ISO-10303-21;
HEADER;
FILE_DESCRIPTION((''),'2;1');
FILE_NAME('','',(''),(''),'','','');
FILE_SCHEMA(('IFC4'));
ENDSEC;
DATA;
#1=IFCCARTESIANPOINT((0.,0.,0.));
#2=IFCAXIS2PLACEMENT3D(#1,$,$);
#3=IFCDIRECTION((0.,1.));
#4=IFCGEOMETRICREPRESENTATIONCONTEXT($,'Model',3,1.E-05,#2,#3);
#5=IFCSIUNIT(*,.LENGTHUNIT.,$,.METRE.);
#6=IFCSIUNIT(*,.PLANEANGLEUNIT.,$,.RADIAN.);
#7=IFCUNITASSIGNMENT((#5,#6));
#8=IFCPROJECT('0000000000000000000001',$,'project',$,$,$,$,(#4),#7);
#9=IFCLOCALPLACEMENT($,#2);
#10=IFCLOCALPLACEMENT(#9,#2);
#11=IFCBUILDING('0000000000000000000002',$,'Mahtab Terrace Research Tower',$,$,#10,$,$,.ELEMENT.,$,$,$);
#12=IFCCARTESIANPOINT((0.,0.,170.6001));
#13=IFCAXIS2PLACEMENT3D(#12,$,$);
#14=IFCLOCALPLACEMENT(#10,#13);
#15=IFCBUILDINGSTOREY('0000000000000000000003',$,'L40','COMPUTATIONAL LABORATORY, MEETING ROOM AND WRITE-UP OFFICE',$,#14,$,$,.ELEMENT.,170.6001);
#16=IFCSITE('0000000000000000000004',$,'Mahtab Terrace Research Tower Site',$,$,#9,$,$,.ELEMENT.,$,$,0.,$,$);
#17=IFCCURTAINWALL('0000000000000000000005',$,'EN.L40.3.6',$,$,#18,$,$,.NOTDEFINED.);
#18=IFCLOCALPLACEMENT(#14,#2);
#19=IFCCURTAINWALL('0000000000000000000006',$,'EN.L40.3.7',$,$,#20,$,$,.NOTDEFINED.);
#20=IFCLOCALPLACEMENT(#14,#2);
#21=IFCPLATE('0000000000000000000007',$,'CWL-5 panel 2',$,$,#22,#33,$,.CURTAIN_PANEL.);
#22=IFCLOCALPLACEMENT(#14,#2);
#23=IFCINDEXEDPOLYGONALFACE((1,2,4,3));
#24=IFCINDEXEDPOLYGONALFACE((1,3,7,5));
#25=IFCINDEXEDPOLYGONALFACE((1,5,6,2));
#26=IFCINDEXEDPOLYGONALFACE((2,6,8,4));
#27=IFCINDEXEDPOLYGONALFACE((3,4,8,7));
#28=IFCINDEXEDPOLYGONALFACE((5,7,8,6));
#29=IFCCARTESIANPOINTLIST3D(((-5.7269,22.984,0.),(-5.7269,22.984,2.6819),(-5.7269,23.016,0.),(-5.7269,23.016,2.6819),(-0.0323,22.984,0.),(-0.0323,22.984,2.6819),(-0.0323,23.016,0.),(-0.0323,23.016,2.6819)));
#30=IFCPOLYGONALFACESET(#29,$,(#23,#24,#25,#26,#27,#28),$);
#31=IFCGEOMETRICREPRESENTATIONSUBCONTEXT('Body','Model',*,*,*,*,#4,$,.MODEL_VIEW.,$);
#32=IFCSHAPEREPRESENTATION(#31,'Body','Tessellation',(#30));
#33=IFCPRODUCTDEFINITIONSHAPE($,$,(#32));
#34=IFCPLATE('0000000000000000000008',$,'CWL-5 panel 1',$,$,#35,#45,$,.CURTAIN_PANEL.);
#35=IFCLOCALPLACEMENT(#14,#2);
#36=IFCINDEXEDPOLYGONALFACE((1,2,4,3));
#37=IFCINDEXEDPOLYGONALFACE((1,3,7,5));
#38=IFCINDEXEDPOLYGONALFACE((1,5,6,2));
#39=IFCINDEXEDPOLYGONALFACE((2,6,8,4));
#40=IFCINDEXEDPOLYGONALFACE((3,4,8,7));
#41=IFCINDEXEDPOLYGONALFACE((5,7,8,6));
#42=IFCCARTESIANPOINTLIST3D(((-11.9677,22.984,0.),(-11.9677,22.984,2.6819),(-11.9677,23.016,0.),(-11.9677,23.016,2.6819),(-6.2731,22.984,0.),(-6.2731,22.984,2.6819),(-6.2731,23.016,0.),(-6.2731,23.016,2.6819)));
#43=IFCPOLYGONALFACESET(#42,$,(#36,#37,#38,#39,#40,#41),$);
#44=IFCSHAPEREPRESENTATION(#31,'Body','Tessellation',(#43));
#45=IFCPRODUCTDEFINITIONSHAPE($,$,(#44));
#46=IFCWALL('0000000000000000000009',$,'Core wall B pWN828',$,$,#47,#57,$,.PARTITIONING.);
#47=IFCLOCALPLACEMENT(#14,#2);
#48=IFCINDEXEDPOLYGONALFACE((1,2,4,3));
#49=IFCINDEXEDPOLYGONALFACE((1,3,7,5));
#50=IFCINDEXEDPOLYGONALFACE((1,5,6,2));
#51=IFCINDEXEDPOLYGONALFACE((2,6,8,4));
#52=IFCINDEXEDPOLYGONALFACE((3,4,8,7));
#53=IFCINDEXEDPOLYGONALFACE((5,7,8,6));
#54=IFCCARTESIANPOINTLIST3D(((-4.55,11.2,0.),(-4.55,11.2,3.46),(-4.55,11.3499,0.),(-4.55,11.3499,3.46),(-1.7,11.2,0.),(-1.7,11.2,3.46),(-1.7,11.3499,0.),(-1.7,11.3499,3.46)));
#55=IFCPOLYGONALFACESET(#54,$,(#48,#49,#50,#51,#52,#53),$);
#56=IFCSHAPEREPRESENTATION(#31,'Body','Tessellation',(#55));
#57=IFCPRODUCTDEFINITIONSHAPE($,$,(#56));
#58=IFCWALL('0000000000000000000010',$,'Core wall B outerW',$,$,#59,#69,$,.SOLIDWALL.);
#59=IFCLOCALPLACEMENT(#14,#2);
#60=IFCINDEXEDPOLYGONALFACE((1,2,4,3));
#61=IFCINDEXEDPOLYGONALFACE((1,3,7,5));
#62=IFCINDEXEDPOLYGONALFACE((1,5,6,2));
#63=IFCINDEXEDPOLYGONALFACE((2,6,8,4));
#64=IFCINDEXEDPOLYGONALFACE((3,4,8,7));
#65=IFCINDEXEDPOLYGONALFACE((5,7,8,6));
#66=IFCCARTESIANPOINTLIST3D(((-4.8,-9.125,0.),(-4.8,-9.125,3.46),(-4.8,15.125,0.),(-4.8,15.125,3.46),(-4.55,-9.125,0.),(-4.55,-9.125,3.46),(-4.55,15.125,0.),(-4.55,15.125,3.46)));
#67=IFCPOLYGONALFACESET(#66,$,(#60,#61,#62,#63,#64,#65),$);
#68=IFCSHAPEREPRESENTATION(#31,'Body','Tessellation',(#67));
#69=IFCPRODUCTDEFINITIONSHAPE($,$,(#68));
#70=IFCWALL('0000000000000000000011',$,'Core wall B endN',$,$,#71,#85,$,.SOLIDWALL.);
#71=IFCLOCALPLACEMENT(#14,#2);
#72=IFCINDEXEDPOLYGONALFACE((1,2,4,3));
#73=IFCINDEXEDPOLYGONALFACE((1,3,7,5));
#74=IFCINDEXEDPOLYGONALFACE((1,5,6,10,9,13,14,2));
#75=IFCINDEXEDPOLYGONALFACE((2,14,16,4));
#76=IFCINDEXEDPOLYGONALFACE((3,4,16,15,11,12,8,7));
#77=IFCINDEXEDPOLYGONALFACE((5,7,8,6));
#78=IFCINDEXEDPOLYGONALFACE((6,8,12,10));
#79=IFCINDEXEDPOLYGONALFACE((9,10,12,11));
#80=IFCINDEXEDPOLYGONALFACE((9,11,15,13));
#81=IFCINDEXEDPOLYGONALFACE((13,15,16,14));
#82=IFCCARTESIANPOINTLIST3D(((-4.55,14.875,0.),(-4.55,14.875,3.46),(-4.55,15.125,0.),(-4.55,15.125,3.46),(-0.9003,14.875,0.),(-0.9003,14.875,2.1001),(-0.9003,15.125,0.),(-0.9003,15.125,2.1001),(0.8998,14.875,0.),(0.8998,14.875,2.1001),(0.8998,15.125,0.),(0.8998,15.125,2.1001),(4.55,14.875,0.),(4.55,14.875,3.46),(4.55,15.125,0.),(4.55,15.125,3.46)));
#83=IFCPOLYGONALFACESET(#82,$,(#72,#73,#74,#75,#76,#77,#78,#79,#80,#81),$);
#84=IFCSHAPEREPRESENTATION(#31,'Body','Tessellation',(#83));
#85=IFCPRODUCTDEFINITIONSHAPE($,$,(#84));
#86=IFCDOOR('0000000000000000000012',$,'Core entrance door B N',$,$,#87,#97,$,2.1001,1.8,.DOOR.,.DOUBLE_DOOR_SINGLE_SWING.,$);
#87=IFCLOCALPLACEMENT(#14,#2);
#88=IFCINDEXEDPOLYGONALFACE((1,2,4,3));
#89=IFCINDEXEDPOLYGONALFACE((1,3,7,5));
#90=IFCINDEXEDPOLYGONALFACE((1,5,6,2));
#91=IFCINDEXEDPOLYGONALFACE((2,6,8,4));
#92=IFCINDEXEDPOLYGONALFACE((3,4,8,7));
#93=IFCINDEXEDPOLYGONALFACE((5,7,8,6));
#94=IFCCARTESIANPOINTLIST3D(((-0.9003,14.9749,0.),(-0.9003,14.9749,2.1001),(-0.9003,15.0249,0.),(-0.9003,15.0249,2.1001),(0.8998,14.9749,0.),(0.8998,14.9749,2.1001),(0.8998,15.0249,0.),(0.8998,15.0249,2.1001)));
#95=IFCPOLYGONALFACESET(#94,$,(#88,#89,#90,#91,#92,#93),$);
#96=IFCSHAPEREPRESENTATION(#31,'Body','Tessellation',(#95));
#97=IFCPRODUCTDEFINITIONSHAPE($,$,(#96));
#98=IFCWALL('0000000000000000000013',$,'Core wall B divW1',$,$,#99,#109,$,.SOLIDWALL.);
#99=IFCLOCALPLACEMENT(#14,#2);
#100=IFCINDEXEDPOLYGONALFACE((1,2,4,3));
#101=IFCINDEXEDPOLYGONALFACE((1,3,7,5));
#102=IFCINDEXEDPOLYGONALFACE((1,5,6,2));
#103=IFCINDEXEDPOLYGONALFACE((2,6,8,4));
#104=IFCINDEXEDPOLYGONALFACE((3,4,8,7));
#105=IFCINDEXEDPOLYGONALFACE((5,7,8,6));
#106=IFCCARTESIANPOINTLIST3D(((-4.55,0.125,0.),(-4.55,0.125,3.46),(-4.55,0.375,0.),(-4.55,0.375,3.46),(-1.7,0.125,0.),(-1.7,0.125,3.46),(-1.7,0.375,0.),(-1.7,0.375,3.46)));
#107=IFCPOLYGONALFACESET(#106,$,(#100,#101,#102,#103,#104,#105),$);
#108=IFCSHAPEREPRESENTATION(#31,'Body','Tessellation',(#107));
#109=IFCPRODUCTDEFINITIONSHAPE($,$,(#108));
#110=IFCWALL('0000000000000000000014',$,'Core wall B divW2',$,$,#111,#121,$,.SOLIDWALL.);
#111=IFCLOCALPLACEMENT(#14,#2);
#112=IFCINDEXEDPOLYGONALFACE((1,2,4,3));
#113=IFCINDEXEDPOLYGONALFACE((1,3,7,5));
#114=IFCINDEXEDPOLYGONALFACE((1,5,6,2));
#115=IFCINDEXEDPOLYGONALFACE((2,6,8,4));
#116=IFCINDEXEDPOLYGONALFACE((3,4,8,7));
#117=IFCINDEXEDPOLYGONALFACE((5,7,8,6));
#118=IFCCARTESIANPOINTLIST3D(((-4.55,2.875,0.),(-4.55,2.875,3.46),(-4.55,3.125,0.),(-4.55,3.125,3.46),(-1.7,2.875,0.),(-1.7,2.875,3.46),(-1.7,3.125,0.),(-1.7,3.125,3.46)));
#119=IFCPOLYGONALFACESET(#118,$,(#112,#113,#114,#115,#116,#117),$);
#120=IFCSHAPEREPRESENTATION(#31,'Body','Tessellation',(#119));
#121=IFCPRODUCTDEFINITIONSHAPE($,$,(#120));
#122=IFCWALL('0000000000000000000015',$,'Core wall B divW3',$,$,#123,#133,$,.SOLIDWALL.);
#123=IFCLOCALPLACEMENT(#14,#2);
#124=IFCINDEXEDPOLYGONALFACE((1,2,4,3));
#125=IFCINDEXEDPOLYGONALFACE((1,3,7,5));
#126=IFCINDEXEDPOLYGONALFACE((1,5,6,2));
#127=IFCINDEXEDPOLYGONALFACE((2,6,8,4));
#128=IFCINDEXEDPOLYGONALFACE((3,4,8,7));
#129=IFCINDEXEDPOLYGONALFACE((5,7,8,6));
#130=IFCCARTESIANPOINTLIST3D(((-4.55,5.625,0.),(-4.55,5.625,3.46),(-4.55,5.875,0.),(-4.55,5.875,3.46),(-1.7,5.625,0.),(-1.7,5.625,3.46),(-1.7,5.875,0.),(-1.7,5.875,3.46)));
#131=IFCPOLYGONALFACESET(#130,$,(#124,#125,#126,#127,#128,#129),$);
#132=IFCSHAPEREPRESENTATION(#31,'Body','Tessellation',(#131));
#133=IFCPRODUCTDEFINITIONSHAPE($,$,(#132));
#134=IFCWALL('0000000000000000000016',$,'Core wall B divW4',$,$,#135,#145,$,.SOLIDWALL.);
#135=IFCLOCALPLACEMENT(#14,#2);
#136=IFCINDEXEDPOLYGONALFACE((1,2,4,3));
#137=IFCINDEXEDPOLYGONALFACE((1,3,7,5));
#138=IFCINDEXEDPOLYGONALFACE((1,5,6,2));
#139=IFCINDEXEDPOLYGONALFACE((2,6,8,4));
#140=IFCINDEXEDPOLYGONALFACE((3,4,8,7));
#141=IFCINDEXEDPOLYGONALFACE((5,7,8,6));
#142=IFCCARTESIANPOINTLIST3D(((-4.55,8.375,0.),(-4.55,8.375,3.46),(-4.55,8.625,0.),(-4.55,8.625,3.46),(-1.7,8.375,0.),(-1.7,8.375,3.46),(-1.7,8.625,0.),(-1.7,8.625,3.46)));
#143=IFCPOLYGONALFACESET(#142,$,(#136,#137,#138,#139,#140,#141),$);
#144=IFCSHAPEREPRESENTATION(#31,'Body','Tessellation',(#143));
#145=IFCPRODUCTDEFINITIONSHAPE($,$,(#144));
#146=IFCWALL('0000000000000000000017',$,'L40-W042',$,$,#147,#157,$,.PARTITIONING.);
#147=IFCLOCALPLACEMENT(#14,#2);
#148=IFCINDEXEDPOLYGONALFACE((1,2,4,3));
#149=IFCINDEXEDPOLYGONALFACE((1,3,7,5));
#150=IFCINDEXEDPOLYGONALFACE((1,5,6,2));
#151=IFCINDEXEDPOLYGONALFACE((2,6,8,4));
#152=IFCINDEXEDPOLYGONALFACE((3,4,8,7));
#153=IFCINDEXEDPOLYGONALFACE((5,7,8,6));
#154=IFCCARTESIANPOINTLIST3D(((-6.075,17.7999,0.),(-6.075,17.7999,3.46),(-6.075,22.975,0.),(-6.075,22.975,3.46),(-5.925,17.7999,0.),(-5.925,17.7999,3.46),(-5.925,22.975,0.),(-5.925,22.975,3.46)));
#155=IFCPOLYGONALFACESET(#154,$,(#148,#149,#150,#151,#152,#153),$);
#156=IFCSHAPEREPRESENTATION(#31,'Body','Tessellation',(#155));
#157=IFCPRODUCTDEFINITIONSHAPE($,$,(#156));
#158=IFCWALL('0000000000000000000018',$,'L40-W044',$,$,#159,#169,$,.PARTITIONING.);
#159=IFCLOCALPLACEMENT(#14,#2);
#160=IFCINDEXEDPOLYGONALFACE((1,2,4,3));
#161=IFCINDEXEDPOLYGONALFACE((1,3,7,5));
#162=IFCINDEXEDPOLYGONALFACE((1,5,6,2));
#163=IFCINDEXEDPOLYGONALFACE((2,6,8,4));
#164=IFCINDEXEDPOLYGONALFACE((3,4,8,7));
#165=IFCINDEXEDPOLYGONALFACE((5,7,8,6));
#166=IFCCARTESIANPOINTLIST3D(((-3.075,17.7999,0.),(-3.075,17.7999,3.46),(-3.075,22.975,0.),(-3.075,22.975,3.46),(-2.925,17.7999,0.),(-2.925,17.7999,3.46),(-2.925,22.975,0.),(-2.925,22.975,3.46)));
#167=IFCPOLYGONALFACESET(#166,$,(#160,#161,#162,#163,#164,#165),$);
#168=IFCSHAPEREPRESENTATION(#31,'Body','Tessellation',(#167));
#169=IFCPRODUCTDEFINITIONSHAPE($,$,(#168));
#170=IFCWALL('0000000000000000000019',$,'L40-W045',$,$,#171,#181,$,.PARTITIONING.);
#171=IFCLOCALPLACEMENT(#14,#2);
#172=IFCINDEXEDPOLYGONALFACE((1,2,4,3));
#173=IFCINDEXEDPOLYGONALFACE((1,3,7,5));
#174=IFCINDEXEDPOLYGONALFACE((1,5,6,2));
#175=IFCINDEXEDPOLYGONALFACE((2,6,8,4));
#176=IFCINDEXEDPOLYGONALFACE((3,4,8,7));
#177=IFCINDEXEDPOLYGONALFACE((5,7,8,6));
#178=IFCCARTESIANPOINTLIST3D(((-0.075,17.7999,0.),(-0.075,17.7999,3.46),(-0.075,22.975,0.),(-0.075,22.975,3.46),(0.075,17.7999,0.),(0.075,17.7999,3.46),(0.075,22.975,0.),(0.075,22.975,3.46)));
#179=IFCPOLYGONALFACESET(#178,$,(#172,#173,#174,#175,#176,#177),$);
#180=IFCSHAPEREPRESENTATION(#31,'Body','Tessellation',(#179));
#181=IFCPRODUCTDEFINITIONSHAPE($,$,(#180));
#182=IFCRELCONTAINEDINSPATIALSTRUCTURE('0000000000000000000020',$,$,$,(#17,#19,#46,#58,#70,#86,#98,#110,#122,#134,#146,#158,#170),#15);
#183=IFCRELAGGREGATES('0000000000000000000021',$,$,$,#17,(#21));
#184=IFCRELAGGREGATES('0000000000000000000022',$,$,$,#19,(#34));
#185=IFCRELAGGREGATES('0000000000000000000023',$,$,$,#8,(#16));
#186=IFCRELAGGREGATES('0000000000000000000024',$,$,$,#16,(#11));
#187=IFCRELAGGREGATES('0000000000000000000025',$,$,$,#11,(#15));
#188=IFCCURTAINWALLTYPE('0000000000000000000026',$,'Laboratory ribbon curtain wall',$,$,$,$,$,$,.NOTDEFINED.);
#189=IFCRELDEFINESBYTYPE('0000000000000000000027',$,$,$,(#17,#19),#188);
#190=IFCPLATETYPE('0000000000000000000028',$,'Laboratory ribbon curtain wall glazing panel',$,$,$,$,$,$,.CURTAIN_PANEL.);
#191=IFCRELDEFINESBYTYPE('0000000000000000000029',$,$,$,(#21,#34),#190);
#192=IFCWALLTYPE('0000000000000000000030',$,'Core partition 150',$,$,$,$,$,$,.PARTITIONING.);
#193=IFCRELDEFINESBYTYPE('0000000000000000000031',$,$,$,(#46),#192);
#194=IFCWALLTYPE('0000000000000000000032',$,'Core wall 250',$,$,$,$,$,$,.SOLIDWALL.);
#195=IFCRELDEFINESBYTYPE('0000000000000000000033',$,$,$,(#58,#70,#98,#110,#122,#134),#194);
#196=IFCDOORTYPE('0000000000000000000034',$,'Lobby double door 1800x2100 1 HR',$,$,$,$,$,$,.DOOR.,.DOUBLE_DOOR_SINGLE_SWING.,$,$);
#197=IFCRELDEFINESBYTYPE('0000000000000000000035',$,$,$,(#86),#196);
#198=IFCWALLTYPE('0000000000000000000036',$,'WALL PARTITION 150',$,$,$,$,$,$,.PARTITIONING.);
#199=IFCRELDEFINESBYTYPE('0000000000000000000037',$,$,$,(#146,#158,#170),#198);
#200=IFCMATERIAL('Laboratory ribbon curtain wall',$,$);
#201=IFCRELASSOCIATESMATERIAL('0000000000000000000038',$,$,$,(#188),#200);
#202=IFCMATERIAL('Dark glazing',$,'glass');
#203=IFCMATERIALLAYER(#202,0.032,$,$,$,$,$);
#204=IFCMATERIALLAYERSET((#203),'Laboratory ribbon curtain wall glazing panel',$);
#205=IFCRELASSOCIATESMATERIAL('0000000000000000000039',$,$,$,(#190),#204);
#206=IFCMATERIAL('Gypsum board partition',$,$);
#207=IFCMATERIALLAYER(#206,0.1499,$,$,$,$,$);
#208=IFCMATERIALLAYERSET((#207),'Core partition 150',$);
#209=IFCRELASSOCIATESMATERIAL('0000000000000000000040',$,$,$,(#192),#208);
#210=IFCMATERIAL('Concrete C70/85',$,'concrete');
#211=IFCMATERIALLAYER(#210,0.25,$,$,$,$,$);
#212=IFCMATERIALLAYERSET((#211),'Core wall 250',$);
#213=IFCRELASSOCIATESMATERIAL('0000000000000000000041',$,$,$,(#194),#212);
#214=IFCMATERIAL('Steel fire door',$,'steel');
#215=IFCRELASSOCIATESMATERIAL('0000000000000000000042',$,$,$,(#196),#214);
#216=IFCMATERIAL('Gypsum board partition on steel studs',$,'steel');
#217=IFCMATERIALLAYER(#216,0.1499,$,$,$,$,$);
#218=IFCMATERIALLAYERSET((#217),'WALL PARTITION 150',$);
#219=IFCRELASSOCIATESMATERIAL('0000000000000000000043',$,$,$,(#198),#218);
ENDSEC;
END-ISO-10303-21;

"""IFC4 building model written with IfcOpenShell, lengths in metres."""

from ifc_helpers import new_model, si_unit, direction, frame, frame_2d, origin, origin_2d, place, context, subcontext, project, spatial, rectangle, extrude, material, layer, layer_set, type_object, element, fill, aggregate, save


model = new_model("IFC4")

# Units and contexts
model_context = context("Model", 3, precision=1e-05, world=origin(), true_north=direction((0.0, 1.0)))
body_context = subcontext(model_context, "Body", "Model", "MODEL_VIEW")
ifc_project = project(units=[si_unit("LENGTHUNIT", "METRE"), si_unit("PLANEANGLEUNIT", "RADIAN")], contexts=[model_context])

# Site, building, storey
site_placement = place(None, origin())
site = spatial("IfcSite", under=ifc_project, at=site_placement, Name="Mahtab Terrace Research Tower Site", CompositionType="ELEMENT", RefElevation=0.0)
building_placement = place(site_placement, origin())
building = spatial("IfcBuilding", under=site, at=building_placement, Name="Mahtab Terrace Research Tower", CompositionType="ELEMENT")
storey_placement = place(building_placement, frame((0.0, 0.0, 170.6001)))
storey = spatial("IfcBuildingStorey", under=building, at=storey_placement, Name="L40", Description="COMPUTATIONAL LABORATORY, MEETING ROOM AND WRITE-UP OFFICE", CompositionType="ELEMENT", Elevation=170.6001)

# Shared definitions
ifc_material_1 = material(Name="Concrete C70/85", Category="concrete")

# Curtain wall
ifc_material_2 = material(Name="Laboratory ribbon curtain wall")
curtain_wall_type = type_object("IfcCurtainWallType", Name="Laboratory ribbon curtain wall", PredefinedType="NOTDEFINED", material=ifc_material_2)
curtain_wall_1_placement = place(storey_placement, origin())
curtain_wall_1 = element("IfcCurtainWall", 1, at=curtain_wall_1_placement, inside=storey, type_object=curtain_wall_type, Name="EN.L40.3.6", PredefinedType="NOTDEFINED")

# Curtain wall
curtain_wall_2_placement = place(storey_placement, origin())
curtain_wall_2 = element("IfcCurtainWall", 2, at=curtain_wall_2_placement, inside=storey, type_object=curtain_wall_type, Name="EN.L40.3.7", PredefinedType="NOTDEFINED")

# Plates
ifc_material_3 = material(Name="Dark glazing", Category="glass")
ifc_layer_1 = layer(ifc_material_3, 0.032)
ifc_layer_set_1 = layer_set([ifc_layer_1], Name="Laboratory ribbon curtain wall glazing panel")
plate_type = type_object("IfcPlateType", Name="Laboratory ribbon curtain wall glazing panel", PredefinedType="CURTAIN_PANEL", material=ifc_layer_set_1)
plate_1_placement = place(storey_placement, frame((-2.8796, 23.0, 0.0), z_axis=(0.0, 0.0, 1.0), x_axis=(-1.0, 0.0, 0.0)))
plate_1 = element("IfcPlate", 3, at=plate_1_placement, type_object=plate_type, Name="CWL-5 panel 2", PredefinedType="CURTAIN_PANEL", context=body_context, shape_type="SweptSolid", body=[
    extrude(rectangle(XDim=5.6946, YDim=0.032, at=origin_2d()), origin(), (0.0, 0.0, 1.0), 2.6819),
])
aggregate(curtain_wall_1, [plate_1])
plate_2_placement = place(storey_placement, frame((-9.1204, 23.0, 0.0), z_axis=(0.0, 0.0, 1.0), x_axis=(-1.0, 0.0, 0.0)))
plate_2 = element("IfcPlate", 4, at=plate_2_placement, type_object=plate_type, Name="CWL-5 panel 1", PredefinedType="CURTAIN_PANEL", context=body_context, shape_type="SweptSolid", body=[
    extrude(rectangle(XDim=5.6946, YDim=0.032, at=origin_2d()), origin(), (0.0, 0.0, 1.0), 2.6819),
])
aggregate(curtain_wall_2, [plate_2])

# Walls
ifc_material_4 = material(Name="Gypsum board partition")
ifc_layer_2 = layer(ifc_material_4, 0.1499)
ifc_layer_set_2 = layer_set([ifc_layer_2], Name="Core partition 150")
wall_type_1 = type_object("IfcWallType", Name="Core partition 150", PredefinedType="PARTITIONING", material=ifc_layer_set_2)
wall_1_placement = place(storey_placement, frame((-4.55, 11.2749, 0.0), z_axis=(0.0, 0.0, 1.0), x_axis=(1.0, 0.0, 0.0)))
element("IfcWall", 5, at=wall_1_placement, inside=storey, type_object=wall_type_1, Name="Core wall B pWN828", PredefinedType="PARTITIONING", context=body_context, shape_type="SweptSolid", body=[
    extrude(rectangle(XDim=2.8501, YDim=0.1499, at=frame_2d((1.425, 0.0))), origin(), (0.0, 0.0, 1.0), 3.46),
])
ifc_layer_3 = layer(ifc_material_1, 0.25)
ifc_layer_set_3 = layer_set([ifc_layer_3], Name="Core wall 250")
wall_type_2 = type_object("IfcWallType", Name="Core wall 250", PredefinedType="SOLIDWALL", material=ifc_layer_set_3)
wall_2_placement = place(storey_placement, frame((-4.675, 15.125, 0.0), z_axis=(0.0, 0.0, 1.0), x_axis=(0.0, -1.0, 0.0)))
element("IfcWall", 6, at=wall_2_placement, inside=storey, type_object=wall_type_2, Name="Core wall B outerW", PredefinedType="SOLIDWALL", context=body_context, shape_type="SweptSolid", body=[
    extrude(rectangle(XDim=24.25, YDim=0.25, at=frame_2d((12.125, 0.0))), origin(), (0.0, 0.0, 1.0), 3.46),
])

# Wall, opening, door
wall_3_placement = place(storey_placement, frame((-4.55, 15.0, 0.0), z_axis=(0.0, 0.0, 1.0), x_axis=(1.0, 0.0, 0.0)))
wall_3 = element("IfcWall", 7, at=wall_3_placement, inside=storey, type_object=wall_type_2, Name="Core wall B endN", PredefinedType="SOLIDWALL", context=body_context, shape_type="SweptSolid", body=[
    extrude(rectangle(XDim=9.1001, YDim=0.25, at=frame_2d((4.55, 0.0))), origin(), (0.0, 0.0, 1.0), 3.46),
])
opening_placement = place(wall_3_placement, frame((3.6499, 0.0, 0.0)))
opening = element("IfcOpeningElement", 8, at=opening_placement, cuts=wall_3, PredefinedType="OPENING", context=body_context, shape_type="SweptSolid", body=[
    extrude(rectangle(XDim=1.8, YDim=2.1001, at=frame_2d((0.8999, 1.05))), frame((0.0, 0.135, 0.0), z_axis=(0.0, -1.0, 0.0), x_axis=(1.0, 0.0, 0.0)), (0.0, 0.0, 1.0), 0.27),
])
ifc_material_5 = material(Name="Steel fire door", Category="steel")
door_type = type_object("IfcDoorType", Name="Lobby double door 1800x2100 1 HR", OperationType="DOUBLE_DOOR_SINGLE_SWING", PredefinedType="DOOR", material=ifc_material_5)
door_placement = place(opening_placement, origin())
door = element("IfcDoor", 9, at=door_placement, inside=storey, type_object=door_type, Name="Core entrance door B N", OperationType="DOUBLE_DOOR_SINGLE_SWING", OverallHeight=2.1001, OverallWidth=1.8, PredefinedType="DOOR", context=body_context, shape_type="SweptSolid", body=[
    extrude(rectangle(XDim=1.8, YDim=2.1001, at=frame_2d((0.8999, 1.05))), frame((0.0, 0.0249, 0.0), z_axis=(0.0, -1.0, 0.0), x_axis=(1.0, 0.0, 0.0)), (0.0, 0.0, 1.0), 0.05),
])
fill(opening, door)

# Walls
for number, where, z_axis, x_axis, name in (
    (10, (-4.55, 0.25, 0.0), (0.0, 0.0, 1.0), (1.0, 0.0, 0.0), "Core wall B divW1"),
    (11, (-4.55, 3.0, 0.0), (0.0, 0.0, 1.0), (1.0, 0.0, 0.0), "Core wall B divW2"),
    (12, (-4.55, 5.75, 0.0), (0.0, 0.0, 1.0), (1.0, 0.0, 0.0), "Core wall B divW3"),
    (13, (-4.55, 8.5, 0.0), (0.0, 0.0, 1.0), (1.0, 0.0, 0.0), "Core wall B divW4"),
):
    element("IfcWall", number, at=place(storey_placement, frame(where, z_axis=z_axis, x_axis=x_axis)), inside=storey, type_object=wall_type_2, Name=name, PredefinedType="SOLIDWALL", context=body_context, shape_type="SweptSolid", body=[
        extrude(rectangle(XDim=2.8501, YDim=0.25, at=frame_2d((1.425, 0.0))), origin(), (0.0, 0.0, 1.0), 3.46),
    ])
ifc_material_6 = material(Name="Gypsum board partition on steel studs", Category="steel")
ifc_layer_4 = layer(ifc_material_6, 0.1499)
ifc_layer_set_4 = layer_set([ifc_layer_4], Name="WALL PARTITION 150")
wall_type_3 = type_object("IfcWallType", Name="WALL PARTITION 150", PredefinedType="PARTITIONING", material=ifc_layer_set_4)
for number, where, z_axis, x_axis, name in (
    (14, (-6.0, 17.8, 0.0), (0.0, 0.0, 1.0), (0.0, 1.0, 0.0), "L40-W042"),
    (15, (-3.0, 17.8, 0.0), (0.0, 0.0, 1.0), (0.0, 1.0, 0.0), "L40-W044"),
    (16, (0.0, 17.8, 0.0), (0.0, 0.0, 1.0), (0.0, 1.0, 0.0), "L40-W045"),
):
    element("IfcWall", number, at=place(storey_placement, frame(where, z_axis=z_axis, x_axis=x_axis)), inside=storey, type_object=wall_type_3, Name=name, PredefinedType="PARTITIONING", context=body_context, shape_type="SweptSolid", body=[
        extrude(rectangle(XDim=5.175, YDim=0.1499, at=frame_2d((2.5874, 0.0))), origin(), (0.0, 0.0, 1.0), 3.46),
    ])

save(model, "model.ifc")
